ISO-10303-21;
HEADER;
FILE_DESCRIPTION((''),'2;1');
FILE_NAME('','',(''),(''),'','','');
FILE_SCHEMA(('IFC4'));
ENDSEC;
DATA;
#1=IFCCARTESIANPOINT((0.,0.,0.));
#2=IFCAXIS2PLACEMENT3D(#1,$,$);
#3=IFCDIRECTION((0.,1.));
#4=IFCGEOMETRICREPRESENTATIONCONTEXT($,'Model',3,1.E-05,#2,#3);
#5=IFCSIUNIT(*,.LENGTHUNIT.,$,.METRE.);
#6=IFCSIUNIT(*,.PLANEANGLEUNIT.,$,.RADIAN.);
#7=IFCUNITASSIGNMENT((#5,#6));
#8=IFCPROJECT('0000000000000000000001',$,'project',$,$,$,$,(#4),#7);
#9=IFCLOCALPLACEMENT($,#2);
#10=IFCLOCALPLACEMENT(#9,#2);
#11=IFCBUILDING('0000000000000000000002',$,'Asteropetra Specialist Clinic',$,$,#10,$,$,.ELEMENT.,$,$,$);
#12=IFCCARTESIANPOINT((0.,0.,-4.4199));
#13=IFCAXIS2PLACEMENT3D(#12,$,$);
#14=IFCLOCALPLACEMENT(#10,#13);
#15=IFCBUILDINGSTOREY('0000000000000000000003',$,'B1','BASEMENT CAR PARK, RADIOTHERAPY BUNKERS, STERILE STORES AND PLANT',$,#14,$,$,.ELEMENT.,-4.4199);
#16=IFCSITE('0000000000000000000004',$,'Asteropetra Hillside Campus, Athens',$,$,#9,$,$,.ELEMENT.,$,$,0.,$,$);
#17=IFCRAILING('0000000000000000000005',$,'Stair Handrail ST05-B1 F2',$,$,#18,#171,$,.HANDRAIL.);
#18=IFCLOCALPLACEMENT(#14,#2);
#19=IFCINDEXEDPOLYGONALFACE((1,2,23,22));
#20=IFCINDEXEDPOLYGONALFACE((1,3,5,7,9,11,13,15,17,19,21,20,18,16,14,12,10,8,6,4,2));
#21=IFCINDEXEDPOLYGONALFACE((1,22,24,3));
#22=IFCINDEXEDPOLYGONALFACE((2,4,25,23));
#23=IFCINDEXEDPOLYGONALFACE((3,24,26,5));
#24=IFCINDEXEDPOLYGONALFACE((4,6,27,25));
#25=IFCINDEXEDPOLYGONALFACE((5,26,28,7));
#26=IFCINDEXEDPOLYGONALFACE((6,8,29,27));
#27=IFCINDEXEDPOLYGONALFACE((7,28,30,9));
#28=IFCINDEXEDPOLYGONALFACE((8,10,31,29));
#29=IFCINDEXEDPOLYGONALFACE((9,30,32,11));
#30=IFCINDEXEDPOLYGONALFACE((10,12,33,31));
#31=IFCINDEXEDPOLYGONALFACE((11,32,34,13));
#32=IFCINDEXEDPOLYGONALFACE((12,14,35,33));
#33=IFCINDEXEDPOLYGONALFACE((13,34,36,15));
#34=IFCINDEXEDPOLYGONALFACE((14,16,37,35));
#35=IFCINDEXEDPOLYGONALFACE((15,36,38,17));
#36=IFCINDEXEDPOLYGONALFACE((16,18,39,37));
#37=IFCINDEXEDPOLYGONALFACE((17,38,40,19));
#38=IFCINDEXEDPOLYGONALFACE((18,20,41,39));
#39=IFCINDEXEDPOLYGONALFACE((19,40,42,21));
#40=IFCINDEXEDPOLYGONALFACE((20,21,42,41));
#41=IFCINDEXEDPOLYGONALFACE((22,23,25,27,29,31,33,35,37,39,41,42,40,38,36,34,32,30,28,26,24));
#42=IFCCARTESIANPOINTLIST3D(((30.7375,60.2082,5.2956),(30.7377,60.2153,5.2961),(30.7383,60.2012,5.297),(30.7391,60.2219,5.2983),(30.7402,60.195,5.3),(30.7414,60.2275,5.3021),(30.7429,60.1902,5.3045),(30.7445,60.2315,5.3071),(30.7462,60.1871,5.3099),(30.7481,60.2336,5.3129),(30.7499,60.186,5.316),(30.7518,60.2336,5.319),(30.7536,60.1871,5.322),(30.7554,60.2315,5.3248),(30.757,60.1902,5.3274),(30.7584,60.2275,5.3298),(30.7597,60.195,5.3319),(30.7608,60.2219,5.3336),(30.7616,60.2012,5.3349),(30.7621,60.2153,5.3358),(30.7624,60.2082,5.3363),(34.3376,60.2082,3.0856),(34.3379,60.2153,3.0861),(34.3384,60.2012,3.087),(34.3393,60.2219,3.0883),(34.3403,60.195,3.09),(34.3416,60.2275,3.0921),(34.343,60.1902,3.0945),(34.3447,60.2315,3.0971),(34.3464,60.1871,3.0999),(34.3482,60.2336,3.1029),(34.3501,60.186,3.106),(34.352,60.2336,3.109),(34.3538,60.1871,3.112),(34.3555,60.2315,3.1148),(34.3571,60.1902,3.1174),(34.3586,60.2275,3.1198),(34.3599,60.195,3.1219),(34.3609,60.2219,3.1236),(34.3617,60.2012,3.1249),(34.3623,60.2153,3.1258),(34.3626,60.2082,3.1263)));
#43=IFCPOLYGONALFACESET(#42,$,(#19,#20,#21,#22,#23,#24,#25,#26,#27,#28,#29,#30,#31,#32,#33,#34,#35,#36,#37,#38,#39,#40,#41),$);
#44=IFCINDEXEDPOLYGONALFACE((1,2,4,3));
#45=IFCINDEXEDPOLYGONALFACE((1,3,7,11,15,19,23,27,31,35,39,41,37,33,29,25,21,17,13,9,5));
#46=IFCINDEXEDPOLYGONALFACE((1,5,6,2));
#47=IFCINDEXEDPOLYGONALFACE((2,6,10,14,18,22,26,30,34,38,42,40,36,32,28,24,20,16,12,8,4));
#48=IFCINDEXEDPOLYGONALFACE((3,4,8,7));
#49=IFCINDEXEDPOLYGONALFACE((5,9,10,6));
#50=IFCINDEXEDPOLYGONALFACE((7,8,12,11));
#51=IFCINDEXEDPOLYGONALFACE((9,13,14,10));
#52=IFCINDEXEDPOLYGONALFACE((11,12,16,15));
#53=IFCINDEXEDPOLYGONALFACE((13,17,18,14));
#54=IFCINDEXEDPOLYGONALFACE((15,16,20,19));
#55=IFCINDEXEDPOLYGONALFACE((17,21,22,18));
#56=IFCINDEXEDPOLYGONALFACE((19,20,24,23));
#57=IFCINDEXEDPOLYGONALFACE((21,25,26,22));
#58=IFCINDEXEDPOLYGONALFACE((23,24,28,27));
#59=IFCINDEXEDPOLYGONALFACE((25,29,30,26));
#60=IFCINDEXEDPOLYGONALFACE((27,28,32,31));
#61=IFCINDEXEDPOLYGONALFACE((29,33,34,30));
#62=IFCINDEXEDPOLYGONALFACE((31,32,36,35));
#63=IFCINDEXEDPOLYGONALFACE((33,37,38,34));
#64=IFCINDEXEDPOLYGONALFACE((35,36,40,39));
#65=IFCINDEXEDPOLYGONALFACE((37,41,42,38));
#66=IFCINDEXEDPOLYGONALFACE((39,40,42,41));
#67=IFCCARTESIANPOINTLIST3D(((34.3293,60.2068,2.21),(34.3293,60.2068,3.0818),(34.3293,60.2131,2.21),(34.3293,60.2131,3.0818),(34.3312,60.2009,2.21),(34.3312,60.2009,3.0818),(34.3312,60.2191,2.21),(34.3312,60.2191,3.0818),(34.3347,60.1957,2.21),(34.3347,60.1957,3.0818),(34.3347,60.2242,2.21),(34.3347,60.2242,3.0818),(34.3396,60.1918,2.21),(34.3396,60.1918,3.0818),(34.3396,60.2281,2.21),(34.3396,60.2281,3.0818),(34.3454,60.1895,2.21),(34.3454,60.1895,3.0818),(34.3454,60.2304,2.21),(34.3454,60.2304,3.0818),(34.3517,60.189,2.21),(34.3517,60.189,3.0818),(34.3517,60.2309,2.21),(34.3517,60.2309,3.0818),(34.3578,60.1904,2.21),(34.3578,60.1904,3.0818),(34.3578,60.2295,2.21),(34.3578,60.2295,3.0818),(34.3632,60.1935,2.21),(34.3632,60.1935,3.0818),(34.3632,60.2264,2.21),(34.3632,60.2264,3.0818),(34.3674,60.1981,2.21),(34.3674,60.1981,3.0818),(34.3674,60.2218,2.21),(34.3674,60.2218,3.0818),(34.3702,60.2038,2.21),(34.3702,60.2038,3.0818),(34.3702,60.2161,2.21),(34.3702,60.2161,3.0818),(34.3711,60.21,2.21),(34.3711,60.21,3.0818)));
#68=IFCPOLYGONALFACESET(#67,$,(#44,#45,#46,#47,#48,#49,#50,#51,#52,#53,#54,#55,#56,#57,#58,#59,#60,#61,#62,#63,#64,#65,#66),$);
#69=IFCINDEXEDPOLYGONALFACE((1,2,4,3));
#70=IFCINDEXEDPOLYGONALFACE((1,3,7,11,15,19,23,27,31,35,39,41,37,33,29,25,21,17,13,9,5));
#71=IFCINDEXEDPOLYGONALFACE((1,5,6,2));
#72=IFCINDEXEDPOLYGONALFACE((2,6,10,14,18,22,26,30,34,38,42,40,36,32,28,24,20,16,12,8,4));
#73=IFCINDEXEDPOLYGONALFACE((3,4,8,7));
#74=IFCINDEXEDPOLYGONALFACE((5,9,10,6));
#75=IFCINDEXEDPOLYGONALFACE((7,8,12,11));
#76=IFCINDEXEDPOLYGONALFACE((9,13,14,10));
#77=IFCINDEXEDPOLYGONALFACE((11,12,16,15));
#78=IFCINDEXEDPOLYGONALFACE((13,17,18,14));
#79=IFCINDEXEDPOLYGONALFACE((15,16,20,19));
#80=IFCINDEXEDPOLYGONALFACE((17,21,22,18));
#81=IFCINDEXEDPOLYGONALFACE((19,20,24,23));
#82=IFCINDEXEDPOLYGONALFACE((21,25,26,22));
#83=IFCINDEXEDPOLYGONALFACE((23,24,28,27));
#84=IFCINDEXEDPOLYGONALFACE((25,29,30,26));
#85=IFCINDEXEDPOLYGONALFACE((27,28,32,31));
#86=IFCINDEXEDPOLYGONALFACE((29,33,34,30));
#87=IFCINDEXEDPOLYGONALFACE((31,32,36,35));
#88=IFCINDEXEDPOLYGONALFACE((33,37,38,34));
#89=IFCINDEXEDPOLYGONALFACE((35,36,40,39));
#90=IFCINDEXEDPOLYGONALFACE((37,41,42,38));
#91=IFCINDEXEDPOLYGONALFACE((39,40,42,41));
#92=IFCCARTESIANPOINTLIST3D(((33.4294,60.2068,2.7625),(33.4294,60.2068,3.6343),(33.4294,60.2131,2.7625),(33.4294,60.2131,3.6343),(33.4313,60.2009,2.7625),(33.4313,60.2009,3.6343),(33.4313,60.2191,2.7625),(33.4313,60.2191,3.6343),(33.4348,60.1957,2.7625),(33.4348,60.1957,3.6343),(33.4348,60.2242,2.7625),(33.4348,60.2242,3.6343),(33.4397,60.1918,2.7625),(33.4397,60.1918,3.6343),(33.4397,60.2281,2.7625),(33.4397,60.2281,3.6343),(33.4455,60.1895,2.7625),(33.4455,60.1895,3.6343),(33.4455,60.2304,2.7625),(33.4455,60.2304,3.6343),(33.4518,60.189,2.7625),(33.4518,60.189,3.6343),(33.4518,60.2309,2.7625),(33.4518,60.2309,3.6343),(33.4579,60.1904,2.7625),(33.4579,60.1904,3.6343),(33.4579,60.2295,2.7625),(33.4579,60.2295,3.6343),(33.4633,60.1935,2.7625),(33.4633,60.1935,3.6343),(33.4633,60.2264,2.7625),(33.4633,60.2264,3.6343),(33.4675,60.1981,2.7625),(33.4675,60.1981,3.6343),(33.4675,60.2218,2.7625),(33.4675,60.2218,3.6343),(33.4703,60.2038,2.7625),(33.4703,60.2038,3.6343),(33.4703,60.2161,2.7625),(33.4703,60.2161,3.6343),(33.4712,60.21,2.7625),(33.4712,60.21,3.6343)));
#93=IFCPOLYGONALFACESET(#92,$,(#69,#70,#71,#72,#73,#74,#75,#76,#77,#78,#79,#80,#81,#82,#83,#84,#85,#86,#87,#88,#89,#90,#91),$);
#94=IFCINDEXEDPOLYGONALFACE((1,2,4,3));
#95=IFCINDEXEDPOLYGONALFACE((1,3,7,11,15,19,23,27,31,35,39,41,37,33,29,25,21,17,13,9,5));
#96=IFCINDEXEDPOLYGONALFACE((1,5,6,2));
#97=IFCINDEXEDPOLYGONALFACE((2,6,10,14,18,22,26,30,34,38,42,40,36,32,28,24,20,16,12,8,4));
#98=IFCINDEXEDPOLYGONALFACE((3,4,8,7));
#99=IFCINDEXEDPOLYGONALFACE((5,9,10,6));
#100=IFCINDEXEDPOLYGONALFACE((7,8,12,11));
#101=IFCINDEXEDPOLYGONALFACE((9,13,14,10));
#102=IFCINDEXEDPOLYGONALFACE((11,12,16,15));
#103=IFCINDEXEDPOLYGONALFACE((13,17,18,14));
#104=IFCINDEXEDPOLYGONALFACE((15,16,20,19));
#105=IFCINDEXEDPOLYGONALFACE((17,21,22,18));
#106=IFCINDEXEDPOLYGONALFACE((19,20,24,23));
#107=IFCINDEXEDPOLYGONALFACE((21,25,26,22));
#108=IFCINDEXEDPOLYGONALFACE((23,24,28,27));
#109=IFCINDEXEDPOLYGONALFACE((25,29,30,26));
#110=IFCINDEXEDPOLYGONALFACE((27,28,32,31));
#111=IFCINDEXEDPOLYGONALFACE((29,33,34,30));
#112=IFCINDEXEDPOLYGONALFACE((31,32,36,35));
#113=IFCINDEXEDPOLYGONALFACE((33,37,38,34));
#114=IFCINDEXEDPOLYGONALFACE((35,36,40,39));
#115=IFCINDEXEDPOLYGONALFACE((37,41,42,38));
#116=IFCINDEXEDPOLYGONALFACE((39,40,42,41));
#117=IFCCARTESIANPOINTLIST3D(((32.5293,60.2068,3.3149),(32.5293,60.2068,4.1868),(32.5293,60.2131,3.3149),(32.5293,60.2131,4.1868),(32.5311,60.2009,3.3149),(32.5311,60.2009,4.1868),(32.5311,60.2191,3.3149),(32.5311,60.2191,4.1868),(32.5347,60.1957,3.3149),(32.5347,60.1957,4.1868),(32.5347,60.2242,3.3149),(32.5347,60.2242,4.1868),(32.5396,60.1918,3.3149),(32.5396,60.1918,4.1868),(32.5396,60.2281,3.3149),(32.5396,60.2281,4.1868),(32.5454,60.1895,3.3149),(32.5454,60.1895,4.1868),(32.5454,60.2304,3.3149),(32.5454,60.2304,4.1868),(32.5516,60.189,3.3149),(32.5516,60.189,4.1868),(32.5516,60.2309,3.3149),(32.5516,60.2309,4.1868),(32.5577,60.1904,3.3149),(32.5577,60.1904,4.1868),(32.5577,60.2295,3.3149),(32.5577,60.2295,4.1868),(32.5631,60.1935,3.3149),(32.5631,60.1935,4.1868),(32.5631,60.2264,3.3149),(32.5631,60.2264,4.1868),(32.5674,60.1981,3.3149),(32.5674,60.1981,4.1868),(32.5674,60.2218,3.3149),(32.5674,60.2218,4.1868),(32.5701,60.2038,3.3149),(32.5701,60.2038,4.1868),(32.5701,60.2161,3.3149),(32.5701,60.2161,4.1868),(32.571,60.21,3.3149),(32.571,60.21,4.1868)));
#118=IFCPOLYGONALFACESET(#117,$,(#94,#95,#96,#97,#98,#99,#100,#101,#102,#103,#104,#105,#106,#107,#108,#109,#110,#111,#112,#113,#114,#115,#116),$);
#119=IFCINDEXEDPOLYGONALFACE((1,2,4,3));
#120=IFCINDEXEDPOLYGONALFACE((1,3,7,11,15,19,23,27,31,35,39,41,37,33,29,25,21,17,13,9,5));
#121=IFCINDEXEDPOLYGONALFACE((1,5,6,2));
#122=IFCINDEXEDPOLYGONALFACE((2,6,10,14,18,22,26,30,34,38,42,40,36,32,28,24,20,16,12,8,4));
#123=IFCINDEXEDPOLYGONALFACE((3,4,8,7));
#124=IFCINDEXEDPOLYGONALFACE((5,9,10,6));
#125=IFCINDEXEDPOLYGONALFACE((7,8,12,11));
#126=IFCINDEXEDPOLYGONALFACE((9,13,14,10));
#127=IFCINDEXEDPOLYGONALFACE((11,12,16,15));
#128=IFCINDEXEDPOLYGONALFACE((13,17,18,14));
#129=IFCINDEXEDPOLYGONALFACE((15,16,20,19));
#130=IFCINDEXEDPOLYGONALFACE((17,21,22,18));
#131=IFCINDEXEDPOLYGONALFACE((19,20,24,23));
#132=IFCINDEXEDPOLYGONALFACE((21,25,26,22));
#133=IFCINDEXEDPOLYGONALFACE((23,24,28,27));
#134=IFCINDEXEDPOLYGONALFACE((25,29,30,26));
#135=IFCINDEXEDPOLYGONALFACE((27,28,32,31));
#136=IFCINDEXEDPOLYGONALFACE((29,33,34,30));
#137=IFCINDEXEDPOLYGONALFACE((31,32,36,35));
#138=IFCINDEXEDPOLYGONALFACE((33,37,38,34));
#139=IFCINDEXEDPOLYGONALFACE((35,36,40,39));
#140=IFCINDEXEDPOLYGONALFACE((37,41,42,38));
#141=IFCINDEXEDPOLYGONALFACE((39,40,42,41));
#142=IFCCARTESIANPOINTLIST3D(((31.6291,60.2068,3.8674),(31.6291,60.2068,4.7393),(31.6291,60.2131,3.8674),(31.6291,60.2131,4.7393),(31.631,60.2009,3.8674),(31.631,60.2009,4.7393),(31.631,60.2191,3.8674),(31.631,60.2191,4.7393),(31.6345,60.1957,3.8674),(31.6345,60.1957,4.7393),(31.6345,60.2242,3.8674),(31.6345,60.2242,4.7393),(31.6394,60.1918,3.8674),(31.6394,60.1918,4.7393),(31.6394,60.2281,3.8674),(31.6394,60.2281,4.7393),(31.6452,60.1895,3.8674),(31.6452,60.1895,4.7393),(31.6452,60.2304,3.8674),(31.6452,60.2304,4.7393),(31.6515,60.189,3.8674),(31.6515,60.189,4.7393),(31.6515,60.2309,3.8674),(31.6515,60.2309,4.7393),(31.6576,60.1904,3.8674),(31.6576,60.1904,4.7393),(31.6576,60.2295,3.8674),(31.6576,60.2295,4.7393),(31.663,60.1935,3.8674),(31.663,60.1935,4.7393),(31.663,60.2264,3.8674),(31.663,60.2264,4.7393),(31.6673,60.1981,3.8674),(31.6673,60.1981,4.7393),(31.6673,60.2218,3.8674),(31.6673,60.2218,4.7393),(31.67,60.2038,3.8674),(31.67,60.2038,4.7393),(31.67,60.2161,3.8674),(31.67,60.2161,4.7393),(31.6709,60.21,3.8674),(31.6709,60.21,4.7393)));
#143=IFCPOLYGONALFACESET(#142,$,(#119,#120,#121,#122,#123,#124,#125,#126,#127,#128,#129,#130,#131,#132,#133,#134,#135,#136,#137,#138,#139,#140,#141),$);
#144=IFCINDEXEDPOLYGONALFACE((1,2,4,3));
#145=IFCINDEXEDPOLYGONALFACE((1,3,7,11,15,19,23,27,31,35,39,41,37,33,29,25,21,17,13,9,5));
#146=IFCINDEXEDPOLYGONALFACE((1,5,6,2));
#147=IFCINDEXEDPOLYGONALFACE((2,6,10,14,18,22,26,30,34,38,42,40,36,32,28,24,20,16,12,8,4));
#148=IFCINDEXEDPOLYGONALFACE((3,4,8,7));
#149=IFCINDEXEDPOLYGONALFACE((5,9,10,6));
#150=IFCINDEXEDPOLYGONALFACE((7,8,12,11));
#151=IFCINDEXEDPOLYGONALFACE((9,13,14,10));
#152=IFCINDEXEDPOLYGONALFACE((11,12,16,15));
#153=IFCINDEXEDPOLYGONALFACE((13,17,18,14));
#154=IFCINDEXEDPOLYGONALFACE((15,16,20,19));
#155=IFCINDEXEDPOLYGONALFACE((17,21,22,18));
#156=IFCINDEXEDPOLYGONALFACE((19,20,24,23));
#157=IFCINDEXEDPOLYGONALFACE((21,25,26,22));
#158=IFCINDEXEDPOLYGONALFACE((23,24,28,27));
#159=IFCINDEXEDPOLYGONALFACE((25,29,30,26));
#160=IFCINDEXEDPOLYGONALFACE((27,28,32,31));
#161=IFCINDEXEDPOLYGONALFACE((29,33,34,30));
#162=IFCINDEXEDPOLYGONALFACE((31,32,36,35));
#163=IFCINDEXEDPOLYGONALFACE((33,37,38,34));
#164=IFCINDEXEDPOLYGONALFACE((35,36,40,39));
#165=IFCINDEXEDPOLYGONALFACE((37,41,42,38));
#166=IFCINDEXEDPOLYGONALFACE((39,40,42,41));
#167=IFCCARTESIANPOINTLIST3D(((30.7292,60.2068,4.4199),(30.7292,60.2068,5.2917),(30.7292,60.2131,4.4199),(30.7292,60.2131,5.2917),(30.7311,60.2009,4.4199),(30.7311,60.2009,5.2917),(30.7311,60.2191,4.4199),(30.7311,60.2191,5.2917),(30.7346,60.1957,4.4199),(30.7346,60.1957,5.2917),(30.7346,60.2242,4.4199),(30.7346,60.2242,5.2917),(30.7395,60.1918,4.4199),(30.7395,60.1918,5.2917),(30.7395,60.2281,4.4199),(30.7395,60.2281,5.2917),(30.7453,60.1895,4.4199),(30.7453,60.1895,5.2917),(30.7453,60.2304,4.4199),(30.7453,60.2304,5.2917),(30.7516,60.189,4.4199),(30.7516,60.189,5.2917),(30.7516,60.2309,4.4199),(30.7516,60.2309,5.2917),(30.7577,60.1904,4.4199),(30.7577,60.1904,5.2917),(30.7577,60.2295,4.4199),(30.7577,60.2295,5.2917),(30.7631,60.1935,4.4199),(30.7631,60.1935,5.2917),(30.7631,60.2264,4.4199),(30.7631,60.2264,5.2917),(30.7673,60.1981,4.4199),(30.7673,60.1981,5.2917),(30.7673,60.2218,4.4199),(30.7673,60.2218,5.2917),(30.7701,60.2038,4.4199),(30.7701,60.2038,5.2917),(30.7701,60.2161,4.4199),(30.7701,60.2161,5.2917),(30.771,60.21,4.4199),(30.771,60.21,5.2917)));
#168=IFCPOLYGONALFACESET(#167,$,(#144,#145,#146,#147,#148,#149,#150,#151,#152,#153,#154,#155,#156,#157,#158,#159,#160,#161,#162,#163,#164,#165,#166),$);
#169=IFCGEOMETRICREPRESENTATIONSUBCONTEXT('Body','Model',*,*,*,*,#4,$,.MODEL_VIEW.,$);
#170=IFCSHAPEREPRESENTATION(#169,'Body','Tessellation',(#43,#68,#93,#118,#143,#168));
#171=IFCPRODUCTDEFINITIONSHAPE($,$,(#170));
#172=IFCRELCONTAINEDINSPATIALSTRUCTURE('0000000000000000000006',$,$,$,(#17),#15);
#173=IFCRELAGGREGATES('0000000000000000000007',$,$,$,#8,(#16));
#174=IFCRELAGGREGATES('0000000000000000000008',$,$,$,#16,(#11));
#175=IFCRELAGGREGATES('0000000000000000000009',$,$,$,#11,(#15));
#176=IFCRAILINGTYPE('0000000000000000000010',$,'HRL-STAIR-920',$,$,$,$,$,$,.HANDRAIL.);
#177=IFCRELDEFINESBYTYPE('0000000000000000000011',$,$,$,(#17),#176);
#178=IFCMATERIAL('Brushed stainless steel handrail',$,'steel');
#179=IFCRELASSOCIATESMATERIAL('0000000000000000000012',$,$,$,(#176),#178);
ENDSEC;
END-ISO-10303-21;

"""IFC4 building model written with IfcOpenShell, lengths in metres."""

from ifc_helpers import new_model, si_unit, direction, frame, origin, origin_2d, place, context, subcontext, project, spatial, circle, extrude, material, type_object, element, save


model = new_model("IFC4")

# Units and contexts
model_context = context("Model", 3, precision=1e-05, world=origin(), true_north=direction((0.0, 1.0)))
body_context = subcontext(model_context, "Body", "Model", "MODEL_VIEW")
ifc_project = project(units=[si_unit("LENGTHUNIT", "METRE"), si_unit("PLANEANGLEUNIT", "RADIAN")], contexts=[model_context])

# Site, building, storey
site_placement = place(None, origin())
site = spatial("IfcSite", under=ifc_project, at=site_placement, Name="Asteropetra Hillside Campus, Athens", CompositionType="ELEMENT", RefElevation=0.0)
building_placement = place(site_placement, origin())
building = spatial("IfcBuilding", under=site, at=building_placement, Name="Asteropetra Specialist Clinic", CompositionType="ELEMENT")
storey_placement = place(building_placement, frame((0.0, 0.0, -4.4199)))
storey = spatial("IfcBuildingStorey", under=building, at=storey_placement, Name="B1", Description="BASEMENT CAR PARK, RADIOTHERAPY BUNKERS, STERILE STORES AND PLANT", CompositionType="ELEMENT", Elevation=-4.4199)

# Railing
ifc_material_1 = material(Name="Brushed stainless steel handrail", Category="steel")
railing_type_1 = type_object("IfcRailingType", Name="HRL-STAIR-920", PredefinedType="HANDRAIL", material=ifc_material_1)
railing_1_placement = place(storey_placement, frame((34.3501, 60.21, 2.21)))
element("IfcRailing", 1, at=railing_1_placement, inside=storey, type_object=railing_type_1, Name="Stair Handrail ST05-B1 F2", PredefinedType="HANDRAIL", context=body_context, shape_type="SweptSolid", body=[
    extrude(circle(Radius=0.0239, at=origin_2d()), frame((0.0, 0.0, 0.896), z_axis=(-0.852237, 0.0, 0.523156), x_axis=(0.0, -1.0, 0.0)), (0.0, 0.0, 1.0), 4.2244),
    extrude(circle(Radius=0.021, at=origin_2d()), origin(), (0.0, 0.0, 1.0), 0.8718),
    extrude(circle(Radius=0.021, at=origin_2d()), frame((-0.8999, 0.0, 0.5525)), (0.0, 0.0, 1.0), 0.8718),
    extrude(circle(Radius=0.021, at=origin_2d()), frame((-1.8, 0.0, 1.105)), (0.0, 0.0, 1.0), 0.8718),
    extrude(circle(Radius=0.021, at=origin_2d()), frame((-2.7002, 0.0, 1.6575)), (0.0, 0.0, 1.0), 0.8718),
    extrude(circle(Radius=0.021, at=origin_2d()), frame((-3.6001, 0.0, 2.21)), (0.0, 0.0, 1.0), 0.8718),
])

save(model, "model.ifc")
